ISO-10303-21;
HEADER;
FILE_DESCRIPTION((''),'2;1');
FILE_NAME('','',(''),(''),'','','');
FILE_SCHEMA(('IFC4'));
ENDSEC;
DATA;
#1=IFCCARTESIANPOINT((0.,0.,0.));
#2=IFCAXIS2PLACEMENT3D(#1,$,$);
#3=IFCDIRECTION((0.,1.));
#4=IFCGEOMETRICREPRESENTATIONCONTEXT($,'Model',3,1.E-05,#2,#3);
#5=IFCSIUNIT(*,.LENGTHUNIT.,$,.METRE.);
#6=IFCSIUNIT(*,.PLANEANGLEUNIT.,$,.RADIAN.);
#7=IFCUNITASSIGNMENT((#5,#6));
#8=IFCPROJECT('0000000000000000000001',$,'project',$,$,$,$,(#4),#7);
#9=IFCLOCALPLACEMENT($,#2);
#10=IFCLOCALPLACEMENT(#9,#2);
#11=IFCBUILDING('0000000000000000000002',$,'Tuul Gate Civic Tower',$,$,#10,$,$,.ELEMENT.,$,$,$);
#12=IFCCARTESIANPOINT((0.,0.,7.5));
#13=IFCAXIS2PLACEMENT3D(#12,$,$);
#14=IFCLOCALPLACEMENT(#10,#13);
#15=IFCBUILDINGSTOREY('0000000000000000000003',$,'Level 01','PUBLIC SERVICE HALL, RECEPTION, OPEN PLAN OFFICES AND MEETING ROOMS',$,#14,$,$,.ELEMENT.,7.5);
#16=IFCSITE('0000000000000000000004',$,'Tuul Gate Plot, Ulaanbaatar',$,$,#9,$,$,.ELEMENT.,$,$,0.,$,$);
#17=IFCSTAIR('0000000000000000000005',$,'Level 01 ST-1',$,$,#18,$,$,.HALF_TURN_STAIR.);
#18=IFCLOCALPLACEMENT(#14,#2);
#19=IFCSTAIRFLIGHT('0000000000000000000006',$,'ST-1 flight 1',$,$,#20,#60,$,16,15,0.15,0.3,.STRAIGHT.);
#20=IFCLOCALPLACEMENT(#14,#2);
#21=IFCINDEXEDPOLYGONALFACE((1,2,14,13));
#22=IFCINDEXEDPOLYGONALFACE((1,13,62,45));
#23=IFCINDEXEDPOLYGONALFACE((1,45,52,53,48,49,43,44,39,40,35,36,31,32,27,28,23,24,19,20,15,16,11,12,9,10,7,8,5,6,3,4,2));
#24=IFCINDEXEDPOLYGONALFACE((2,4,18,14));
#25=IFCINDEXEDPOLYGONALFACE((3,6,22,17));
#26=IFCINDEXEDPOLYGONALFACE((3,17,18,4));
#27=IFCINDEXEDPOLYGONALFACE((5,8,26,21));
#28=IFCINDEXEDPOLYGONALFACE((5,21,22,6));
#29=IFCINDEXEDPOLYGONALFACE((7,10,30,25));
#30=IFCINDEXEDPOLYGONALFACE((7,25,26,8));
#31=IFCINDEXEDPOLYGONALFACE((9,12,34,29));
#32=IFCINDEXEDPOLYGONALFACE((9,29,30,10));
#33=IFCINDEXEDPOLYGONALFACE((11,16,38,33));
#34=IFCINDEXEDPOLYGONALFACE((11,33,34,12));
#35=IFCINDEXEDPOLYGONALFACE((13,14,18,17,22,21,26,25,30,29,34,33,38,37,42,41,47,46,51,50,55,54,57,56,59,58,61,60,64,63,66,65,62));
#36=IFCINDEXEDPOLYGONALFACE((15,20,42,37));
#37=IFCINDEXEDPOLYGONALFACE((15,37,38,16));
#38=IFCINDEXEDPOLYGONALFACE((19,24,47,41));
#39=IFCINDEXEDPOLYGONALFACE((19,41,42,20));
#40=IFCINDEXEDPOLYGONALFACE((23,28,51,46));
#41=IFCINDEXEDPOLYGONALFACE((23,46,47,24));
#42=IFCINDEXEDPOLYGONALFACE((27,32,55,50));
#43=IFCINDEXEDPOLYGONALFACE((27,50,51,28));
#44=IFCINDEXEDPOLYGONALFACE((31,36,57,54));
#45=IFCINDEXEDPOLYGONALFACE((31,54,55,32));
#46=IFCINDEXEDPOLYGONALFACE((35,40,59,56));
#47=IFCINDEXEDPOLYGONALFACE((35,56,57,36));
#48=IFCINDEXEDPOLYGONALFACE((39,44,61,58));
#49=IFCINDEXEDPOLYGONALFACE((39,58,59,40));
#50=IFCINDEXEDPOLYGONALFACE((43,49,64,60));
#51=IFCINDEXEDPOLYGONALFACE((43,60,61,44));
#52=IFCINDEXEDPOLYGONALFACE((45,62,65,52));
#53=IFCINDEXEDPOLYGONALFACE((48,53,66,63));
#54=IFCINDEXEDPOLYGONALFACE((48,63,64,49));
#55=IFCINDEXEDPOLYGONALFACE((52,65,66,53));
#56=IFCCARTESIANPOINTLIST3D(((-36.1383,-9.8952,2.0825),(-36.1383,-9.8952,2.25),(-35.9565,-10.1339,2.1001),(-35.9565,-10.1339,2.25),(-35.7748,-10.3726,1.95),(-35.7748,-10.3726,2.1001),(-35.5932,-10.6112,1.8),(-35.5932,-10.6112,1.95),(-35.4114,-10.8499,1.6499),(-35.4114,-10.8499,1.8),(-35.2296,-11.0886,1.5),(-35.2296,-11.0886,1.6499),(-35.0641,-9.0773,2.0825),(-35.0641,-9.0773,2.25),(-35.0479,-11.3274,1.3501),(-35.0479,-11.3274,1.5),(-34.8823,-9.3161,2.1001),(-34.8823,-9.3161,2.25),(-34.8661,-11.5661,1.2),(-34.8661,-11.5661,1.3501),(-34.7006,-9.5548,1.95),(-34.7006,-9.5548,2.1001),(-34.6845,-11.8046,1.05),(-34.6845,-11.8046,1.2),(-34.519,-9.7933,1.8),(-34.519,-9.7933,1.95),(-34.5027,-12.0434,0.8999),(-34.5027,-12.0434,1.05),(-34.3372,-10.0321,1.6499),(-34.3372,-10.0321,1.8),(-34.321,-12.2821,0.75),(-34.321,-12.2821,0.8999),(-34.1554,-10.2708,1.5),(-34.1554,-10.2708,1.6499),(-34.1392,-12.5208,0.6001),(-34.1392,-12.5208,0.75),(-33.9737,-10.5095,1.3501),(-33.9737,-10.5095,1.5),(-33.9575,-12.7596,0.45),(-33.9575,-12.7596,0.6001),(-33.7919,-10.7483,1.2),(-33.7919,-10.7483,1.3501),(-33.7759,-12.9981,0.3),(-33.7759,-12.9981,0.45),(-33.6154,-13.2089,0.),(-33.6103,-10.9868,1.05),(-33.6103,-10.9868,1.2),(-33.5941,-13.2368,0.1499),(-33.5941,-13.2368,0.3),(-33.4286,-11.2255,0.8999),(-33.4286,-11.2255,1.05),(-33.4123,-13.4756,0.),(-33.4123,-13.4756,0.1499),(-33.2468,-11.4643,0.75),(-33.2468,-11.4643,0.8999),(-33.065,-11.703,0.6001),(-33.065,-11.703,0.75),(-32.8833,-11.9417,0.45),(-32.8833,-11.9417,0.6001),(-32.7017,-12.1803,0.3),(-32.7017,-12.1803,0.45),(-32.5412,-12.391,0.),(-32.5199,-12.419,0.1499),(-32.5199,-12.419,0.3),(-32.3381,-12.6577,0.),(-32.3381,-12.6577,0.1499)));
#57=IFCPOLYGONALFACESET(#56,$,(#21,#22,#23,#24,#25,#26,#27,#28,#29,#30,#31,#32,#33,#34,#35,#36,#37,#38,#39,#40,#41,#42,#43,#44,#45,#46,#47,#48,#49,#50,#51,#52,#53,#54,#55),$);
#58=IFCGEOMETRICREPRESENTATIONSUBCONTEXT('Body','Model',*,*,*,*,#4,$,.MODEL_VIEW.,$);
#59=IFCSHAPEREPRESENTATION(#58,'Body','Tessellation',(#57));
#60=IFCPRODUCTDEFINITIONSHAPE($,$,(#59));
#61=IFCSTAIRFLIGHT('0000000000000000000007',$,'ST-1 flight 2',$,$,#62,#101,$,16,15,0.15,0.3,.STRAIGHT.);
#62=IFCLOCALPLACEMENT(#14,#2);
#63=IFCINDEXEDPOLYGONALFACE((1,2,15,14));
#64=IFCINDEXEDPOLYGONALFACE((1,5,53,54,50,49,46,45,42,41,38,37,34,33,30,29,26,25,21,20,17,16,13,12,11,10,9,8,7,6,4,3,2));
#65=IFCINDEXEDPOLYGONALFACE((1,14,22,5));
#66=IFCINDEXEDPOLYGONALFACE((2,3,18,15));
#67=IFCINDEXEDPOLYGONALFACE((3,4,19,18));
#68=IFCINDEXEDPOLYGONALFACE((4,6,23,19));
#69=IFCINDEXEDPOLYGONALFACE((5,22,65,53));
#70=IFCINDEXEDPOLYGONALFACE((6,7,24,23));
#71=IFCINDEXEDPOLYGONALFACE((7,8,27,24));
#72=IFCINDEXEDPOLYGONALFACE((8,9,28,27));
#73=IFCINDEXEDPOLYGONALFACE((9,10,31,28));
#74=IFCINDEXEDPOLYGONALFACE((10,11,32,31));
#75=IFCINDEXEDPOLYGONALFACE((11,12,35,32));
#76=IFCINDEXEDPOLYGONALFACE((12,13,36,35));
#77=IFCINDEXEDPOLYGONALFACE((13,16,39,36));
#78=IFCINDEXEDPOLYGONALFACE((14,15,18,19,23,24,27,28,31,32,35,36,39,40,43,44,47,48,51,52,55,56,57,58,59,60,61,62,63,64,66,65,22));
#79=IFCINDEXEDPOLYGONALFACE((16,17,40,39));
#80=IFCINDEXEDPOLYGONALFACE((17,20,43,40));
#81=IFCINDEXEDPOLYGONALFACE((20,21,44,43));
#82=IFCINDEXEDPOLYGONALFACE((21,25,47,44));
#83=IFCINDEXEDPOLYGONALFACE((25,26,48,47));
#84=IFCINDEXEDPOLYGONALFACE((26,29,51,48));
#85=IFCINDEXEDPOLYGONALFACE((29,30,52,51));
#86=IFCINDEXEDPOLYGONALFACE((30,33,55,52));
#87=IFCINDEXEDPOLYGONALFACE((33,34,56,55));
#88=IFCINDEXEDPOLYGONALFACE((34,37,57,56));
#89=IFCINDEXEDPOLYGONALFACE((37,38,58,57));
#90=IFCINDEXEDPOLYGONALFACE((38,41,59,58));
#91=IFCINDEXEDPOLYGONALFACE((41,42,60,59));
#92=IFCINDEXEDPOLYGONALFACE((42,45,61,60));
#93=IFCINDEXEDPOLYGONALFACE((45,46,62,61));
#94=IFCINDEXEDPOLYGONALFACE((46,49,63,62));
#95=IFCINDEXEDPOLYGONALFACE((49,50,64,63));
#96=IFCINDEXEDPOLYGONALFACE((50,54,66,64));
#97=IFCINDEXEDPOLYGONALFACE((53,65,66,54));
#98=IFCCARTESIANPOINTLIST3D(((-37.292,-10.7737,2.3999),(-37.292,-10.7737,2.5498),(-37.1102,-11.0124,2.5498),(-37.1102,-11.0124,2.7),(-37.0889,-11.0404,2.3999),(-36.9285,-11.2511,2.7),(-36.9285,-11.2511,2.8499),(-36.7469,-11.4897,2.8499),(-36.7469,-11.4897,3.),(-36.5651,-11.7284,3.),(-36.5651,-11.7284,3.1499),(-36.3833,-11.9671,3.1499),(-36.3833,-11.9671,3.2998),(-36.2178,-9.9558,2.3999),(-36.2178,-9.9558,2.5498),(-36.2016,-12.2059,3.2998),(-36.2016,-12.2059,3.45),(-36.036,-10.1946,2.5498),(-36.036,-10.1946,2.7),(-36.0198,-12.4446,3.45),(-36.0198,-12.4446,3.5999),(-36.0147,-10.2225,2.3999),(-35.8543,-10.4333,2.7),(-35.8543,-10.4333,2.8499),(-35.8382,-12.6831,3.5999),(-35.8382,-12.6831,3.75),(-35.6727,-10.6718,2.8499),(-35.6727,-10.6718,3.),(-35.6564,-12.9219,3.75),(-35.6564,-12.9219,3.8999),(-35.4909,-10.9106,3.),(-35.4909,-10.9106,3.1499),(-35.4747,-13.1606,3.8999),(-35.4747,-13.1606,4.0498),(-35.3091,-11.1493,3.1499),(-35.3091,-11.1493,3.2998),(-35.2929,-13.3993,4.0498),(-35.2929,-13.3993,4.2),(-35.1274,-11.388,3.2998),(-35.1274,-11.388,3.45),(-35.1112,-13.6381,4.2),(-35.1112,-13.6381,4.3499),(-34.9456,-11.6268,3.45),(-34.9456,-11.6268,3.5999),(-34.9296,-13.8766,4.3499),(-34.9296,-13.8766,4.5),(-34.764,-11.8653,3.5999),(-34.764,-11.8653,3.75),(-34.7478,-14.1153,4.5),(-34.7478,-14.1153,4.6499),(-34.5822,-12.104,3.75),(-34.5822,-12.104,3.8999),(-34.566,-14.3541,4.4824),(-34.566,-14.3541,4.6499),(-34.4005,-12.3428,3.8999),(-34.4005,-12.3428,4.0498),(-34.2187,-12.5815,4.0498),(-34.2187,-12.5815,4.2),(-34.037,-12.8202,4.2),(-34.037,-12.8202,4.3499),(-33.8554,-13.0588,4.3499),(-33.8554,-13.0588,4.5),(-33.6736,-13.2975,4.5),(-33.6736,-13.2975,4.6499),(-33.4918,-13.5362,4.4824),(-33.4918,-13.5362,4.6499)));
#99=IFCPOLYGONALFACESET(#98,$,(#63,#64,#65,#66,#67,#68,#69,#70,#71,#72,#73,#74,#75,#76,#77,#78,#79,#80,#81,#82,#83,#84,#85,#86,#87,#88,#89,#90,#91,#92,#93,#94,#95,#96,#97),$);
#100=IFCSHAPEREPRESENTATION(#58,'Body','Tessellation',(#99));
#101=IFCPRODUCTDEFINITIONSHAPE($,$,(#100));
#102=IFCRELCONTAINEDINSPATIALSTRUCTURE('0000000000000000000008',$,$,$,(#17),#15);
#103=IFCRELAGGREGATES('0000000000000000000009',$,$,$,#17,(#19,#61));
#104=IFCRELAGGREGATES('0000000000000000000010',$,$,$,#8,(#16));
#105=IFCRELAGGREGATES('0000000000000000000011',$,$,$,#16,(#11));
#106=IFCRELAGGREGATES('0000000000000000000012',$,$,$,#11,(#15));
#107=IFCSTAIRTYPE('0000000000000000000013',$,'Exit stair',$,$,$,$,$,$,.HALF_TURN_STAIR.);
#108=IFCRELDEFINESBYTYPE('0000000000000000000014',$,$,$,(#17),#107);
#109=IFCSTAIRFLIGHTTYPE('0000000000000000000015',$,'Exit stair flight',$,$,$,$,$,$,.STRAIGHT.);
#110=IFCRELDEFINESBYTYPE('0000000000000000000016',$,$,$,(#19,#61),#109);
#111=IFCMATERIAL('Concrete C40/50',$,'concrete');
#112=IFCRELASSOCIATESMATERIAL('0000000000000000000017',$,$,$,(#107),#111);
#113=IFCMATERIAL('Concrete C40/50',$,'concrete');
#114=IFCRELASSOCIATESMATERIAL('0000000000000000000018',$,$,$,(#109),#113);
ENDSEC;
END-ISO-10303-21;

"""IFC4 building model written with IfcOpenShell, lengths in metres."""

from ifc_helpers import new_model, si_unit, direction, frame, origin, place, context, subcontext, project, spatial, polyline, outline, extrude, material, type_object, element, aggregate, save


model = new_model("IFC4")

# Units and contexts
model_context = context("Model", 3, precision=1e-05, world=origin(), true_north=direction((0.0, 1.0)))
body_context = subcontext(model_context, "Body", "Model", "MODEL_VIEW")
ifc_project = project(units=[si_unit("LENGTHUNIT", "METRE"), si_unit("PLANEANGLEUNIT", "RADIAN")], contexts=[model_context])

# Site, building, storey
site_placement = place(None, origin())
site = spatial("IfcSite", under=ifc_project, at=site_placement, Name="Tuul Gate Plot, Ulaanbaatar", CompositionType="ELEMENT", RefElevation=0.0)
building_placement = place(site_placement, origin())
building = spatial("IfcBuilding", under=site, at=building_placement, Name="Tuul Gate Civic Tower", CompositionType="ELEMENT")
storey_placement = place(building_placement, frame((0.0, 0.0, 7.5)))
storey = spatial("IfcBuildingStorey", under=building, at=storey_placement, Name="Level 01", Description="PUBLIC SERVICE HALL, RECEPTION, OPEN PLAN OFFICES AND MEETING ROOMS", CompositionType="ELEMENT", Elevation=7.5)

# Stair, stair flights
ifc_material_1 = material(Name="Concrete C40/50", Category="concrete")
stair_type = type_object("IfcStairType", Name="Exit stair", PredefinedType="HALF_TURN_STAIR", material=ifc_material_1)
stair_placement = place(storey_placement, origin())
stair = element("IfcStair", 1, at=stair_placement, inside=storey, type_object=stair_type, Name="Level 01 ST-1", PredefinedType="HALF_TURN_STAIR")
ifc_material_2 = material(Name="Concrete C40/50", Category="concrete")
stair_flight_type = type_object("IfcStairFlightType", Name="Exit stair flight", PredefinedType="STRAIGHT", material=ifc_material_2)
stair_flight_1_placement = place(storey_placement, frame((-32.8752, -13.0667, 0.0), z_axis=(0.0, 0.0, 1.0), x_axis=(-0.605764, 0.795644, 0.0)))
stair_flight_1 = element("IfcStairFlight", 2, at=stair_flight_1_placement, type_object=stair_flight_type, Name="ST-1 flight 1", NumberOfRisers=16, NumberOfTreads=15, PredefinedType="STRAIGHT", RiserHeight=0.15, TreadLength=0.3, context=body_context, shape_type="SweptSolid", body=[
    extrude(outline(polyline([(0.0, 0.0), (0.0, 0.1499), (0.3, 0.1499), (0.3, 0.3), (0.6001, 0.3), (0.6001, 0.45), (0.8999, 0.45), (0.8999, 0.6001), (1.2, 0.6001), (1.2, 0.75), (1.5, 0.75), (1.5, 0.8999), (1.8, 0.8999), (1.8, 1.05), (2.1001, 1.05), (2.1001, 1.2), (2.3999, 1.2), (2.3999, 1.3501), (2.7, 1.3501), (2.7, 1.5), (3.0, 1.5), (3.0, 1.6499), (3.3, 1.6499), (3.3, 1.8), (3.6001, 1.8), (3.6001, 1.95), (3.8999, 1.95), (3.8999, 2.1001), (4.2, 2.1001), (4.2, 2.25), (4.5, 2.25), (4.5, 2.3999), (4.5, 2.0825), (0.3352, 0.0), (0.0, 0.0)])), frame((0.0, 0.675, 0.0), z_axis=(0.0, -1.0, 0.0), x_axis=(1.0, 0.0, 0.0)), (0.0, 0.0, 1.0), 1.3501),
])
stair_flight_2_placement = place(storey_placement, frame((-36.7549, -10.3647, 2.3999), z_axis=(0.0, 0.0, 1.0), x_axis=(0.605764, -0.795644, 0.0)))
stair_flight_2 = element("IfcStairFlight", 3, at=stair_flight_2_placement, type_object=stair_flight_type, Name="ST-1 flight 2", NumberOfRisers=16, NumberOfTreads=15, PredefinedType="STRAIGHT", RiserHeight=0.15, TreadLength=0.3, context=body_context, shape_type="SweptSolid", body=[
    extrude(outline(polyline([(0.0, 0.0), (0.0, 0.1499), (0.3, 0.1499), (0.3, 0.3), (0.6001, 0.3), (0.6001, 0.45), (0.8999, 0.45), (0.8999, 0.6001), (1.2, 0.6001), (1.2, 0.75), (1.5, 0.75), (1.5, 0.8999), (1.8, 0.8999), (1.8, 1.05), (2.1001, 1.05), (2.1001, 1.2), (2.3999, 1.2), (2.3999, 1.3501), (2.7, 1.3501), (2.7, 1.5), (3.0, 1.5), (3.0, 1.6499), (3.3, 1.6499), (3.3, 1.8), (3.6001, 1.8), (3.6001, 1.95), (3.8999, 1.95), (3.8999, 2.1001), (4.2, 2.1001), (4.2, 2.25), (4.5, 2.25), (4.5, 2.3999), (4.5, 2.0825), (0.3352, 0.0), (0.0, 0.0)])), frame((0.0, 0.675, 0.0), z_axis=(0.0, -1.0, 0.0), x_axis=(1.0, 0.0, 0.0)), (0.0, 0.0, 1.0), 1.3501),
])
aggregate(stair, [stair_flight_1, stair_flight_2])

save(model, "model.ifc")
